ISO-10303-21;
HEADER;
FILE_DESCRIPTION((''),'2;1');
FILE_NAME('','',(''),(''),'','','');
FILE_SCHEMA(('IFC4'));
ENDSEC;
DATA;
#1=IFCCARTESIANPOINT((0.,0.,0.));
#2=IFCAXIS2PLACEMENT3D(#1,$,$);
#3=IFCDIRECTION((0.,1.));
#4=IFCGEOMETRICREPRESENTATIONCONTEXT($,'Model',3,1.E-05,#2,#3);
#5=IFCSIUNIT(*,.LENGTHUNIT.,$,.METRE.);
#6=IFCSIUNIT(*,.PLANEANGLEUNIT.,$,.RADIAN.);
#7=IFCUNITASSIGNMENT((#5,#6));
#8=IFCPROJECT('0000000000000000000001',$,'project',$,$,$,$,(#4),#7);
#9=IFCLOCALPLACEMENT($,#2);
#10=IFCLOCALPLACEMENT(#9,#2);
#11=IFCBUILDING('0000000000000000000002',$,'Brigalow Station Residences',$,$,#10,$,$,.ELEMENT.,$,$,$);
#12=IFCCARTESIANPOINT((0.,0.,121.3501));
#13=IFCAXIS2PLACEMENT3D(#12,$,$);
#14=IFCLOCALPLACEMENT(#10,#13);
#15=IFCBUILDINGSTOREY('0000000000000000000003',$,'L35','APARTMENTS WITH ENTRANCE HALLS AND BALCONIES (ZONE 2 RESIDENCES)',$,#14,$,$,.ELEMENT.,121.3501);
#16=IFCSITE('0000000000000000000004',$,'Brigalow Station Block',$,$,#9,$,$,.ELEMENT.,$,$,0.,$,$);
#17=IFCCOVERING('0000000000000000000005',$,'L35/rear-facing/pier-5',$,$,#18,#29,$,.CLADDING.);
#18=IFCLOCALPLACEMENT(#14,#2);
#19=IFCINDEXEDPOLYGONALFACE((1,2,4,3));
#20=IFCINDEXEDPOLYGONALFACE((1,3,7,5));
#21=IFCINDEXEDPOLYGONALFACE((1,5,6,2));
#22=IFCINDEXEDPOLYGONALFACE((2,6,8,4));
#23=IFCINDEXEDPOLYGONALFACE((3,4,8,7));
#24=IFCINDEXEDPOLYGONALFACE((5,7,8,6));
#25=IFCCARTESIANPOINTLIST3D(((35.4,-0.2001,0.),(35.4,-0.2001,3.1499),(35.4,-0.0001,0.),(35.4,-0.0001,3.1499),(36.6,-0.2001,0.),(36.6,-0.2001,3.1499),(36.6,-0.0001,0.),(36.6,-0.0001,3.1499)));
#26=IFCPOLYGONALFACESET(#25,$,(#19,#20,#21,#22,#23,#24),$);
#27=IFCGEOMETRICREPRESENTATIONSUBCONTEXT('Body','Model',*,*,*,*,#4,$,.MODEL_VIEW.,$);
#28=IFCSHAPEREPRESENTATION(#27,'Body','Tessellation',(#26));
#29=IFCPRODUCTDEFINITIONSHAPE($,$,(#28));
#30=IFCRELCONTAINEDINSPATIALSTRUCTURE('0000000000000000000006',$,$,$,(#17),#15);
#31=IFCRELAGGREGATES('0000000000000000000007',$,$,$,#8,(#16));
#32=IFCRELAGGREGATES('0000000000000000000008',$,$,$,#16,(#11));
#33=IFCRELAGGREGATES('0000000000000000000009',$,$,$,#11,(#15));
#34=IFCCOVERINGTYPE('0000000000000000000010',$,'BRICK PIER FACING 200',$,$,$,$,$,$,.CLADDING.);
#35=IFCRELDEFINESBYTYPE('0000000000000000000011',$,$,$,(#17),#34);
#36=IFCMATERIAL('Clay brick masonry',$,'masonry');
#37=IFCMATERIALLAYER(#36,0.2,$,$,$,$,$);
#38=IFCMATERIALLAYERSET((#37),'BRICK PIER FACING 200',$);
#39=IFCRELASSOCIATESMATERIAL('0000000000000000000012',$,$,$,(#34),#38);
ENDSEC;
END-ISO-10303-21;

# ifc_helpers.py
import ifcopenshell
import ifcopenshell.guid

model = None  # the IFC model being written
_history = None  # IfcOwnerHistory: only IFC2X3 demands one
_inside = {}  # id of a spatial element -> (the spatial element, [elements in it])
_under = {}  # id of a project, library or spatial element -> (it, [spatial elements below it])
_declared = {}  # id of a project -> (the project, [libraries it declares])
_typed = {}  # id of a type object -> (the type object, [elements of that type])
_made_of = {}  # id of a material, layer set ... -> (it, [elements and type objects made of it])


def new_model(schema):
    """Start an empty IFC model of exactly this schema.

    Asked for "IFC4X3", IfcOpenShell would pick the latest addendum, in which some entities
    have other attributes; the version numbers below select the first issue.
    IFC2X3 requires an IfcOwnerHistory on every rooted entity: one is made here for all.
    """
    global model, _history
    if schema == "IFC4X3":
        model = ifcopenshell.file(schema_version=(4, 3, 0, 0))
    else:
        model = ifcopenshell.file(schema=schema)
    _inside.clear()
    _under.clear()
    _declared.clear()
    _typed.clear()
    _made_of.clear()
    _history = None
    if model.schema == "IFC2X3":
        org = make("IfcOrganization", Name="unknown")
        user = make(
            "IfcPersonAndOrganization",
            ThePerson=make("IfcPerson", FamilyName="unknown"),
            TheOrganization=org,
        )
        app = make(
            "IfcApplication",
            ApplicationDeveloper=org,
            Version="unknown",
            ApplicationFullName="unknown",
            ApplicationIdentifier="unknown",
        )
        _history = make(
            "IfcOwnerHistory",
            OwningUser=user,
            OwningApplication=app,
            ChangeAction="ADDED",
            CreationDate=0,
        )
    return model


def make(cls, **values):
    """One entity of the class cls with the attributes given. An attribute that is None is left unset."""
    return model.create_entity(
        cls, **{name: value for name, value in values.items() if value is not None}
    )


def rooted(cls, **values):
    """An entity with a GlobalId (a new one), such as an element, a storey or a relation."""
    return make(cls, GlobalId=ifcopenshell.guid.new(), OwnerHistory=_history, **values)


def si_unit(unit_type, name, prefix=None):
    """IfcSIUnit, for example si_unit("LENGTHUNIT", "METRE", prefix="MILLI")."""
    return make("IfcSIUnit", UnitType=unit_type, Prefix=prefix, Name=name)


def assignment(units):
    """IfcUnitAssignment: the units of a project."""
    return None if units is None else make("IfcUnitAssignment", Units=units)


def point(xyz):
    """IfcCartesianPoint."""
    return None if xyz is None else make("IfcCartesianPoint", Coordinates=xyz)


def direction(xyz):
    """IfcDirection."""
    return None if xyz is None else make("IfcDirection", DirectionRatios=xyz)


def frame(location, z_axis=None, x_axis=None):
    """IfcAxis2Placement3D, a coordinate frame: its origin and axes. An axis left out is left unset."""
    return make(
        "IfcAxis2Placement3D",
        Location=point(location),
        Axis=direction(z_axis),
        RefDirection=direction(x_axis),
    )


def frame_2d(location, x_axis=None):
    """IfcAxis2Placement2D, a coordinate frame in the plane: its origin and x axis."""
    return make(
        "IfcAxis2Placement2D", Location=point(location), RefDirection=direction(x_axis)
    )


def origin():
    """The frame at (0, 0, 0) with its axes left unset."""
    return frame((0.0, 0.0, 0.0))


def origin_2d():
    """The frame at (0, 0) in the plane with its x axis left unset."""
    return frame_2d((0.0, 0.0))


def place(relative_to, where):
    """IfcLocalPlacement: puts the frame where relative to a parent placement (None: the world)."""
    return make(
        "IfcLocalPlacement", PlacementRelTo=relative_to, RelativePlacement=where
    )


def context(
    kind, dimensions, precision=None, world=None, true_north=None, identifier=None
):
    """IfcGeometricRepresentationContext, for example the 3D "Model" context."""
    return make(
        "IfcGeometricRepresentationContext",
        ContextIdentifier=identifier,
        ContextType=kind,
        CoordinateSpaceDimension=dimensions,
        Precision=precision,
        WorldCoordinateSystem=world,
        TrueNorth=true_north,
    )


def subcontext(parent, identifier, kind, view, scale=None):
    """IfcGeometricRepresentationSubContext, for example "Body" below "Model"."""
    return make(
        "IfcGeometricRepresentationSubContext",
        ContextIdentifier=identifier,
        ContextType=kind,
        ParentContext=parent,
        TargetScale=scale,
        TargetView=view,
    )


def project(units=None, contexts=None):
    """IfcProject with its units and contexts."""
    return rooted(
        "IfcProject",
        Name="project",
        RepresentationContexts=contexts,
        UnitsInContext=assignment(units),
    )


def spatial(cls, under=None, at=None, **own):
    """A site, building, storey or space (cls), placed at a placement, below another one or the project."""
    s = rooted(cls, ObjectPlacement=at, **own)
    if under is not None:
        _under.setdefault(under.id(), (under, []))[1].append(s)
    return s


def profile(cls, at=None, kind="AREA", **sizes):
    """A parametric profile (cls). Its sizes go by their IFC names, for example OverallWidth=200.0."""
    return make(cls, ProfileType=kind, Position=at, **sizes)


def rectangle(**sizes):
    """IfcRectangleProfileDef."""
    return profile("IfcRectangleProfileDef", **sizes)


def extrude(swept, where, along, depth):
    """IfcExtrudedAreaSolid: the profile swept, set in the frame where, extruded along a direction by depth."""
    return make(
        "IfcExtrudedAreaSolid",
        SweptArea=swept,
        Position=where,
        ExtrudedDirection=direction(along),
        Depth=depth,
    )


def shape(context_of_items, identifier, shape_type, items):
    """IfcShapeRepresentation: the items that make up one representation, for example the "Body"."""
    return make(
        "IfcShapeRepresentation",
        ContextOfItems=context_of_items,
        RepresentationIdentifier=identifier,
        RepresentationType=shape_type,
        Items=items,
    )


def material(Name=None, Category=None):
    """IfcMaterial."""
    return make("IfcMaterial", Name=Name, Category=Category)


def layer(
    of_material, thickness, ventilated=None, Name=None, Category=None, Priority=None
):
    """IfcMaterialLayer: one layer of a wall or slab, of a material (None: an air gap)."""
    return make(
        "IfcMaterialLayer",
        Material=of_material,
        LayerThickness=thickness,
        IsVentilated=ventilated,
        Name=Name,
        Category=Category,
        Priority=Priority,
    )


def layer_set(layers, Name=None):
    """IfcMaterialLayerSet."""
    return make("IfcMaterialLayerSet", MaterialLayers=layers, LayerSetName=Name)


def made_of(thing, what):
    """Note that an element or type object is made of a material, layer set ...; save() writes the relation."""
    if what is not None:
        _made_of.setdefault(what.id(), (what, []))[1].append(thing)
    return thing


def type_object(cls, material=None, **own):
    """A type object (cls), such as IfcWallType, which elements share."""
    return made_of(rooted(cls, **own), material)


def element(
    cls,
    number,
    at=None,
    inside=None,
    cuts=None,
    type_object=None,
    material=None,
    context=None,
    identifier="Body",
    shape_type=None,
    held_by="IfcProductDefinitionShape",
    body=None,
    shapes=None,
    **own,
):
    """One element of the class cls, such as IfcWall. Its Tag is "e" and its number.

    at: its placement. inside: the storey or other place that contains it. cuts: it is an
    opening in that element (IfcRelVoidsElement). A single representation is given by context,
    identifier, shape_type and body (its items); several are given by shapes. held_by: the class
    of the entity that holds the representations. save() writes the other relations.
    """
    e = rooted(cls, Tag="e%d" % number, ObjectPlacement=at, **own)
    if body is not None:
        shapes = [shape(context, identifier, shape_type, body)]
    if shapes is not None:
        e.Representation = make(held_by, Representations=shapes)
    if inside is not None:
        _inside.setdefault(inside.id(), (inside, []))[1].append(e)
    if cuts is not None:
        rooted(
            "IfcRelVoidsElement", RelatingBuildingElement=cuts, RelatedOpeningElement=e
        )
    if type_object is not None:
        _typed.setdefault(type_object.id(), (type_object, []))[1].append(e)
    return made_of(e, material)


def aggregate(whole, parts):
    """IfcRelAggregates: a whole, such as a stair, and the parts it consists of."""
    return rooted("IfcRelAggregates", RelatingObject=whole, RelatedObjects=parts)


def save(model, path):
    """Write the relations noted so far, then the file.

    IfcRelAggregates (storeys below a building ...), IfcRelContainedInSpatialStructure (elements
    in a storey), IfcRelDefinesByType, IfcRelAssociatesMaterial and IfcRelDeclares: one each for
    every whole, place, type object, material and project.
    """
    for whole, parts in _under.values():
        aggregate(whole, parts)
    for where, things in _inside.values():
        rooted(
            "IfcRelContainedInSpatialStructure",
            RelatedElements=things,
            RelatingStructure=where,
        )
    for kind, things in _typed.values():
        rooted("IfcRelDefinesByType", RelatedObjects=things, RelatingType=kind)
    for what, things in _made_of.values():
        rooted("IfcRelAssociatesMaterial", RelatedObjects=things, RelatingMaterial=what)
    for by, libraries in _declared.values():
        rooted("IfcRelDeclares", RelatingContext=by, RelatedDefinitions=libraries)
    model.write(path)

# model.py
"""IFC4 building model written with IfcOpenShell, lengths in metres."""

from ifc_helpers import new_model, si_unit, direction, frame, origin, origin_2d, place, context, subcontext, project, spatial, rectangle, extrude, material, layer, layer_set, type_object, element, save


model = new_model("IFC4")

# Units and contexts
model_context = context("Model", 3, precision=1e-05, world=origin(), true_north=direction((0.0, 1.0)))
body_context = subcontext(model_context, "Body", "Model", "MODEL_VIEW")
ifc_project = project(units=[si_unit("LENGTHUNIT", "METRE"), si_unit("PLANEANGLEUNIT", "RADIAN")], contexts=[model_context])

# Site, building, storey
site_placement = place(None, origin())
site = spatial("IfcSite", under=ifc_project, at=site_placement, Name="Brigalow Station Block", CompositionType="ELEMENT", RefElevation=0.0)
building_placement = place(site_placement, origin())
building = spatial("IfcBuilding", under=site, at=building_placement, Name="Brigalow Station Residences", CompositionType="ELEMENT")
storey_placement = place(building_placement, frame((0.0, 0.0, 121.3501)))
storey = spatial("IfcBuildingStorey", under=building, at=storey_placement, Name="L35", Description="APARTMENTS WITH ENTRANCE HALLS AND BALCONIES (ZONE 2 RESIDENCES)", CompositionType="ELEMENT", Elevation=121.3501)

# Covering
ifc_material_1 = material(Name="Clay brick masonry", Category="masonry")
ifc_layer_1 = layer(ifc_material_1, 0.2)
ifc_layer_set_1 = layer_set([ifc_layer_1], Name="BRICK PIER FACING 200")
covering_type_1 = type_object("IfcCoveringType", Name="BRICK PIER FACING 200", PredefinedType="CLADDING", material=ifc_layer_set_1)
for number, where, z_axis, x_axis, name in (
    (1, (36.0, -0.1001, 0.0), (0.0, 0.0, 1.0), (1.0, 0.0, 0.0), "L35/rear-facing/pier-5"),
):
    element("IfcCovering", number, at=place(storey_placement, frame(where, z_axis=z_axis, x_axis=x_axis)), inside=storey, type_object=covering_type_1, Name=name, PredefinedType="CLADDING", context=body_context, shape_type="SweptSolid", body=[
        extrude(rectangle(XDim=1.2, YDim=0.2, at=origin_2d()), origin(), (0.0, 0.0, 1.0), 3.1499),
    ])

save(model, "model.ifc")
